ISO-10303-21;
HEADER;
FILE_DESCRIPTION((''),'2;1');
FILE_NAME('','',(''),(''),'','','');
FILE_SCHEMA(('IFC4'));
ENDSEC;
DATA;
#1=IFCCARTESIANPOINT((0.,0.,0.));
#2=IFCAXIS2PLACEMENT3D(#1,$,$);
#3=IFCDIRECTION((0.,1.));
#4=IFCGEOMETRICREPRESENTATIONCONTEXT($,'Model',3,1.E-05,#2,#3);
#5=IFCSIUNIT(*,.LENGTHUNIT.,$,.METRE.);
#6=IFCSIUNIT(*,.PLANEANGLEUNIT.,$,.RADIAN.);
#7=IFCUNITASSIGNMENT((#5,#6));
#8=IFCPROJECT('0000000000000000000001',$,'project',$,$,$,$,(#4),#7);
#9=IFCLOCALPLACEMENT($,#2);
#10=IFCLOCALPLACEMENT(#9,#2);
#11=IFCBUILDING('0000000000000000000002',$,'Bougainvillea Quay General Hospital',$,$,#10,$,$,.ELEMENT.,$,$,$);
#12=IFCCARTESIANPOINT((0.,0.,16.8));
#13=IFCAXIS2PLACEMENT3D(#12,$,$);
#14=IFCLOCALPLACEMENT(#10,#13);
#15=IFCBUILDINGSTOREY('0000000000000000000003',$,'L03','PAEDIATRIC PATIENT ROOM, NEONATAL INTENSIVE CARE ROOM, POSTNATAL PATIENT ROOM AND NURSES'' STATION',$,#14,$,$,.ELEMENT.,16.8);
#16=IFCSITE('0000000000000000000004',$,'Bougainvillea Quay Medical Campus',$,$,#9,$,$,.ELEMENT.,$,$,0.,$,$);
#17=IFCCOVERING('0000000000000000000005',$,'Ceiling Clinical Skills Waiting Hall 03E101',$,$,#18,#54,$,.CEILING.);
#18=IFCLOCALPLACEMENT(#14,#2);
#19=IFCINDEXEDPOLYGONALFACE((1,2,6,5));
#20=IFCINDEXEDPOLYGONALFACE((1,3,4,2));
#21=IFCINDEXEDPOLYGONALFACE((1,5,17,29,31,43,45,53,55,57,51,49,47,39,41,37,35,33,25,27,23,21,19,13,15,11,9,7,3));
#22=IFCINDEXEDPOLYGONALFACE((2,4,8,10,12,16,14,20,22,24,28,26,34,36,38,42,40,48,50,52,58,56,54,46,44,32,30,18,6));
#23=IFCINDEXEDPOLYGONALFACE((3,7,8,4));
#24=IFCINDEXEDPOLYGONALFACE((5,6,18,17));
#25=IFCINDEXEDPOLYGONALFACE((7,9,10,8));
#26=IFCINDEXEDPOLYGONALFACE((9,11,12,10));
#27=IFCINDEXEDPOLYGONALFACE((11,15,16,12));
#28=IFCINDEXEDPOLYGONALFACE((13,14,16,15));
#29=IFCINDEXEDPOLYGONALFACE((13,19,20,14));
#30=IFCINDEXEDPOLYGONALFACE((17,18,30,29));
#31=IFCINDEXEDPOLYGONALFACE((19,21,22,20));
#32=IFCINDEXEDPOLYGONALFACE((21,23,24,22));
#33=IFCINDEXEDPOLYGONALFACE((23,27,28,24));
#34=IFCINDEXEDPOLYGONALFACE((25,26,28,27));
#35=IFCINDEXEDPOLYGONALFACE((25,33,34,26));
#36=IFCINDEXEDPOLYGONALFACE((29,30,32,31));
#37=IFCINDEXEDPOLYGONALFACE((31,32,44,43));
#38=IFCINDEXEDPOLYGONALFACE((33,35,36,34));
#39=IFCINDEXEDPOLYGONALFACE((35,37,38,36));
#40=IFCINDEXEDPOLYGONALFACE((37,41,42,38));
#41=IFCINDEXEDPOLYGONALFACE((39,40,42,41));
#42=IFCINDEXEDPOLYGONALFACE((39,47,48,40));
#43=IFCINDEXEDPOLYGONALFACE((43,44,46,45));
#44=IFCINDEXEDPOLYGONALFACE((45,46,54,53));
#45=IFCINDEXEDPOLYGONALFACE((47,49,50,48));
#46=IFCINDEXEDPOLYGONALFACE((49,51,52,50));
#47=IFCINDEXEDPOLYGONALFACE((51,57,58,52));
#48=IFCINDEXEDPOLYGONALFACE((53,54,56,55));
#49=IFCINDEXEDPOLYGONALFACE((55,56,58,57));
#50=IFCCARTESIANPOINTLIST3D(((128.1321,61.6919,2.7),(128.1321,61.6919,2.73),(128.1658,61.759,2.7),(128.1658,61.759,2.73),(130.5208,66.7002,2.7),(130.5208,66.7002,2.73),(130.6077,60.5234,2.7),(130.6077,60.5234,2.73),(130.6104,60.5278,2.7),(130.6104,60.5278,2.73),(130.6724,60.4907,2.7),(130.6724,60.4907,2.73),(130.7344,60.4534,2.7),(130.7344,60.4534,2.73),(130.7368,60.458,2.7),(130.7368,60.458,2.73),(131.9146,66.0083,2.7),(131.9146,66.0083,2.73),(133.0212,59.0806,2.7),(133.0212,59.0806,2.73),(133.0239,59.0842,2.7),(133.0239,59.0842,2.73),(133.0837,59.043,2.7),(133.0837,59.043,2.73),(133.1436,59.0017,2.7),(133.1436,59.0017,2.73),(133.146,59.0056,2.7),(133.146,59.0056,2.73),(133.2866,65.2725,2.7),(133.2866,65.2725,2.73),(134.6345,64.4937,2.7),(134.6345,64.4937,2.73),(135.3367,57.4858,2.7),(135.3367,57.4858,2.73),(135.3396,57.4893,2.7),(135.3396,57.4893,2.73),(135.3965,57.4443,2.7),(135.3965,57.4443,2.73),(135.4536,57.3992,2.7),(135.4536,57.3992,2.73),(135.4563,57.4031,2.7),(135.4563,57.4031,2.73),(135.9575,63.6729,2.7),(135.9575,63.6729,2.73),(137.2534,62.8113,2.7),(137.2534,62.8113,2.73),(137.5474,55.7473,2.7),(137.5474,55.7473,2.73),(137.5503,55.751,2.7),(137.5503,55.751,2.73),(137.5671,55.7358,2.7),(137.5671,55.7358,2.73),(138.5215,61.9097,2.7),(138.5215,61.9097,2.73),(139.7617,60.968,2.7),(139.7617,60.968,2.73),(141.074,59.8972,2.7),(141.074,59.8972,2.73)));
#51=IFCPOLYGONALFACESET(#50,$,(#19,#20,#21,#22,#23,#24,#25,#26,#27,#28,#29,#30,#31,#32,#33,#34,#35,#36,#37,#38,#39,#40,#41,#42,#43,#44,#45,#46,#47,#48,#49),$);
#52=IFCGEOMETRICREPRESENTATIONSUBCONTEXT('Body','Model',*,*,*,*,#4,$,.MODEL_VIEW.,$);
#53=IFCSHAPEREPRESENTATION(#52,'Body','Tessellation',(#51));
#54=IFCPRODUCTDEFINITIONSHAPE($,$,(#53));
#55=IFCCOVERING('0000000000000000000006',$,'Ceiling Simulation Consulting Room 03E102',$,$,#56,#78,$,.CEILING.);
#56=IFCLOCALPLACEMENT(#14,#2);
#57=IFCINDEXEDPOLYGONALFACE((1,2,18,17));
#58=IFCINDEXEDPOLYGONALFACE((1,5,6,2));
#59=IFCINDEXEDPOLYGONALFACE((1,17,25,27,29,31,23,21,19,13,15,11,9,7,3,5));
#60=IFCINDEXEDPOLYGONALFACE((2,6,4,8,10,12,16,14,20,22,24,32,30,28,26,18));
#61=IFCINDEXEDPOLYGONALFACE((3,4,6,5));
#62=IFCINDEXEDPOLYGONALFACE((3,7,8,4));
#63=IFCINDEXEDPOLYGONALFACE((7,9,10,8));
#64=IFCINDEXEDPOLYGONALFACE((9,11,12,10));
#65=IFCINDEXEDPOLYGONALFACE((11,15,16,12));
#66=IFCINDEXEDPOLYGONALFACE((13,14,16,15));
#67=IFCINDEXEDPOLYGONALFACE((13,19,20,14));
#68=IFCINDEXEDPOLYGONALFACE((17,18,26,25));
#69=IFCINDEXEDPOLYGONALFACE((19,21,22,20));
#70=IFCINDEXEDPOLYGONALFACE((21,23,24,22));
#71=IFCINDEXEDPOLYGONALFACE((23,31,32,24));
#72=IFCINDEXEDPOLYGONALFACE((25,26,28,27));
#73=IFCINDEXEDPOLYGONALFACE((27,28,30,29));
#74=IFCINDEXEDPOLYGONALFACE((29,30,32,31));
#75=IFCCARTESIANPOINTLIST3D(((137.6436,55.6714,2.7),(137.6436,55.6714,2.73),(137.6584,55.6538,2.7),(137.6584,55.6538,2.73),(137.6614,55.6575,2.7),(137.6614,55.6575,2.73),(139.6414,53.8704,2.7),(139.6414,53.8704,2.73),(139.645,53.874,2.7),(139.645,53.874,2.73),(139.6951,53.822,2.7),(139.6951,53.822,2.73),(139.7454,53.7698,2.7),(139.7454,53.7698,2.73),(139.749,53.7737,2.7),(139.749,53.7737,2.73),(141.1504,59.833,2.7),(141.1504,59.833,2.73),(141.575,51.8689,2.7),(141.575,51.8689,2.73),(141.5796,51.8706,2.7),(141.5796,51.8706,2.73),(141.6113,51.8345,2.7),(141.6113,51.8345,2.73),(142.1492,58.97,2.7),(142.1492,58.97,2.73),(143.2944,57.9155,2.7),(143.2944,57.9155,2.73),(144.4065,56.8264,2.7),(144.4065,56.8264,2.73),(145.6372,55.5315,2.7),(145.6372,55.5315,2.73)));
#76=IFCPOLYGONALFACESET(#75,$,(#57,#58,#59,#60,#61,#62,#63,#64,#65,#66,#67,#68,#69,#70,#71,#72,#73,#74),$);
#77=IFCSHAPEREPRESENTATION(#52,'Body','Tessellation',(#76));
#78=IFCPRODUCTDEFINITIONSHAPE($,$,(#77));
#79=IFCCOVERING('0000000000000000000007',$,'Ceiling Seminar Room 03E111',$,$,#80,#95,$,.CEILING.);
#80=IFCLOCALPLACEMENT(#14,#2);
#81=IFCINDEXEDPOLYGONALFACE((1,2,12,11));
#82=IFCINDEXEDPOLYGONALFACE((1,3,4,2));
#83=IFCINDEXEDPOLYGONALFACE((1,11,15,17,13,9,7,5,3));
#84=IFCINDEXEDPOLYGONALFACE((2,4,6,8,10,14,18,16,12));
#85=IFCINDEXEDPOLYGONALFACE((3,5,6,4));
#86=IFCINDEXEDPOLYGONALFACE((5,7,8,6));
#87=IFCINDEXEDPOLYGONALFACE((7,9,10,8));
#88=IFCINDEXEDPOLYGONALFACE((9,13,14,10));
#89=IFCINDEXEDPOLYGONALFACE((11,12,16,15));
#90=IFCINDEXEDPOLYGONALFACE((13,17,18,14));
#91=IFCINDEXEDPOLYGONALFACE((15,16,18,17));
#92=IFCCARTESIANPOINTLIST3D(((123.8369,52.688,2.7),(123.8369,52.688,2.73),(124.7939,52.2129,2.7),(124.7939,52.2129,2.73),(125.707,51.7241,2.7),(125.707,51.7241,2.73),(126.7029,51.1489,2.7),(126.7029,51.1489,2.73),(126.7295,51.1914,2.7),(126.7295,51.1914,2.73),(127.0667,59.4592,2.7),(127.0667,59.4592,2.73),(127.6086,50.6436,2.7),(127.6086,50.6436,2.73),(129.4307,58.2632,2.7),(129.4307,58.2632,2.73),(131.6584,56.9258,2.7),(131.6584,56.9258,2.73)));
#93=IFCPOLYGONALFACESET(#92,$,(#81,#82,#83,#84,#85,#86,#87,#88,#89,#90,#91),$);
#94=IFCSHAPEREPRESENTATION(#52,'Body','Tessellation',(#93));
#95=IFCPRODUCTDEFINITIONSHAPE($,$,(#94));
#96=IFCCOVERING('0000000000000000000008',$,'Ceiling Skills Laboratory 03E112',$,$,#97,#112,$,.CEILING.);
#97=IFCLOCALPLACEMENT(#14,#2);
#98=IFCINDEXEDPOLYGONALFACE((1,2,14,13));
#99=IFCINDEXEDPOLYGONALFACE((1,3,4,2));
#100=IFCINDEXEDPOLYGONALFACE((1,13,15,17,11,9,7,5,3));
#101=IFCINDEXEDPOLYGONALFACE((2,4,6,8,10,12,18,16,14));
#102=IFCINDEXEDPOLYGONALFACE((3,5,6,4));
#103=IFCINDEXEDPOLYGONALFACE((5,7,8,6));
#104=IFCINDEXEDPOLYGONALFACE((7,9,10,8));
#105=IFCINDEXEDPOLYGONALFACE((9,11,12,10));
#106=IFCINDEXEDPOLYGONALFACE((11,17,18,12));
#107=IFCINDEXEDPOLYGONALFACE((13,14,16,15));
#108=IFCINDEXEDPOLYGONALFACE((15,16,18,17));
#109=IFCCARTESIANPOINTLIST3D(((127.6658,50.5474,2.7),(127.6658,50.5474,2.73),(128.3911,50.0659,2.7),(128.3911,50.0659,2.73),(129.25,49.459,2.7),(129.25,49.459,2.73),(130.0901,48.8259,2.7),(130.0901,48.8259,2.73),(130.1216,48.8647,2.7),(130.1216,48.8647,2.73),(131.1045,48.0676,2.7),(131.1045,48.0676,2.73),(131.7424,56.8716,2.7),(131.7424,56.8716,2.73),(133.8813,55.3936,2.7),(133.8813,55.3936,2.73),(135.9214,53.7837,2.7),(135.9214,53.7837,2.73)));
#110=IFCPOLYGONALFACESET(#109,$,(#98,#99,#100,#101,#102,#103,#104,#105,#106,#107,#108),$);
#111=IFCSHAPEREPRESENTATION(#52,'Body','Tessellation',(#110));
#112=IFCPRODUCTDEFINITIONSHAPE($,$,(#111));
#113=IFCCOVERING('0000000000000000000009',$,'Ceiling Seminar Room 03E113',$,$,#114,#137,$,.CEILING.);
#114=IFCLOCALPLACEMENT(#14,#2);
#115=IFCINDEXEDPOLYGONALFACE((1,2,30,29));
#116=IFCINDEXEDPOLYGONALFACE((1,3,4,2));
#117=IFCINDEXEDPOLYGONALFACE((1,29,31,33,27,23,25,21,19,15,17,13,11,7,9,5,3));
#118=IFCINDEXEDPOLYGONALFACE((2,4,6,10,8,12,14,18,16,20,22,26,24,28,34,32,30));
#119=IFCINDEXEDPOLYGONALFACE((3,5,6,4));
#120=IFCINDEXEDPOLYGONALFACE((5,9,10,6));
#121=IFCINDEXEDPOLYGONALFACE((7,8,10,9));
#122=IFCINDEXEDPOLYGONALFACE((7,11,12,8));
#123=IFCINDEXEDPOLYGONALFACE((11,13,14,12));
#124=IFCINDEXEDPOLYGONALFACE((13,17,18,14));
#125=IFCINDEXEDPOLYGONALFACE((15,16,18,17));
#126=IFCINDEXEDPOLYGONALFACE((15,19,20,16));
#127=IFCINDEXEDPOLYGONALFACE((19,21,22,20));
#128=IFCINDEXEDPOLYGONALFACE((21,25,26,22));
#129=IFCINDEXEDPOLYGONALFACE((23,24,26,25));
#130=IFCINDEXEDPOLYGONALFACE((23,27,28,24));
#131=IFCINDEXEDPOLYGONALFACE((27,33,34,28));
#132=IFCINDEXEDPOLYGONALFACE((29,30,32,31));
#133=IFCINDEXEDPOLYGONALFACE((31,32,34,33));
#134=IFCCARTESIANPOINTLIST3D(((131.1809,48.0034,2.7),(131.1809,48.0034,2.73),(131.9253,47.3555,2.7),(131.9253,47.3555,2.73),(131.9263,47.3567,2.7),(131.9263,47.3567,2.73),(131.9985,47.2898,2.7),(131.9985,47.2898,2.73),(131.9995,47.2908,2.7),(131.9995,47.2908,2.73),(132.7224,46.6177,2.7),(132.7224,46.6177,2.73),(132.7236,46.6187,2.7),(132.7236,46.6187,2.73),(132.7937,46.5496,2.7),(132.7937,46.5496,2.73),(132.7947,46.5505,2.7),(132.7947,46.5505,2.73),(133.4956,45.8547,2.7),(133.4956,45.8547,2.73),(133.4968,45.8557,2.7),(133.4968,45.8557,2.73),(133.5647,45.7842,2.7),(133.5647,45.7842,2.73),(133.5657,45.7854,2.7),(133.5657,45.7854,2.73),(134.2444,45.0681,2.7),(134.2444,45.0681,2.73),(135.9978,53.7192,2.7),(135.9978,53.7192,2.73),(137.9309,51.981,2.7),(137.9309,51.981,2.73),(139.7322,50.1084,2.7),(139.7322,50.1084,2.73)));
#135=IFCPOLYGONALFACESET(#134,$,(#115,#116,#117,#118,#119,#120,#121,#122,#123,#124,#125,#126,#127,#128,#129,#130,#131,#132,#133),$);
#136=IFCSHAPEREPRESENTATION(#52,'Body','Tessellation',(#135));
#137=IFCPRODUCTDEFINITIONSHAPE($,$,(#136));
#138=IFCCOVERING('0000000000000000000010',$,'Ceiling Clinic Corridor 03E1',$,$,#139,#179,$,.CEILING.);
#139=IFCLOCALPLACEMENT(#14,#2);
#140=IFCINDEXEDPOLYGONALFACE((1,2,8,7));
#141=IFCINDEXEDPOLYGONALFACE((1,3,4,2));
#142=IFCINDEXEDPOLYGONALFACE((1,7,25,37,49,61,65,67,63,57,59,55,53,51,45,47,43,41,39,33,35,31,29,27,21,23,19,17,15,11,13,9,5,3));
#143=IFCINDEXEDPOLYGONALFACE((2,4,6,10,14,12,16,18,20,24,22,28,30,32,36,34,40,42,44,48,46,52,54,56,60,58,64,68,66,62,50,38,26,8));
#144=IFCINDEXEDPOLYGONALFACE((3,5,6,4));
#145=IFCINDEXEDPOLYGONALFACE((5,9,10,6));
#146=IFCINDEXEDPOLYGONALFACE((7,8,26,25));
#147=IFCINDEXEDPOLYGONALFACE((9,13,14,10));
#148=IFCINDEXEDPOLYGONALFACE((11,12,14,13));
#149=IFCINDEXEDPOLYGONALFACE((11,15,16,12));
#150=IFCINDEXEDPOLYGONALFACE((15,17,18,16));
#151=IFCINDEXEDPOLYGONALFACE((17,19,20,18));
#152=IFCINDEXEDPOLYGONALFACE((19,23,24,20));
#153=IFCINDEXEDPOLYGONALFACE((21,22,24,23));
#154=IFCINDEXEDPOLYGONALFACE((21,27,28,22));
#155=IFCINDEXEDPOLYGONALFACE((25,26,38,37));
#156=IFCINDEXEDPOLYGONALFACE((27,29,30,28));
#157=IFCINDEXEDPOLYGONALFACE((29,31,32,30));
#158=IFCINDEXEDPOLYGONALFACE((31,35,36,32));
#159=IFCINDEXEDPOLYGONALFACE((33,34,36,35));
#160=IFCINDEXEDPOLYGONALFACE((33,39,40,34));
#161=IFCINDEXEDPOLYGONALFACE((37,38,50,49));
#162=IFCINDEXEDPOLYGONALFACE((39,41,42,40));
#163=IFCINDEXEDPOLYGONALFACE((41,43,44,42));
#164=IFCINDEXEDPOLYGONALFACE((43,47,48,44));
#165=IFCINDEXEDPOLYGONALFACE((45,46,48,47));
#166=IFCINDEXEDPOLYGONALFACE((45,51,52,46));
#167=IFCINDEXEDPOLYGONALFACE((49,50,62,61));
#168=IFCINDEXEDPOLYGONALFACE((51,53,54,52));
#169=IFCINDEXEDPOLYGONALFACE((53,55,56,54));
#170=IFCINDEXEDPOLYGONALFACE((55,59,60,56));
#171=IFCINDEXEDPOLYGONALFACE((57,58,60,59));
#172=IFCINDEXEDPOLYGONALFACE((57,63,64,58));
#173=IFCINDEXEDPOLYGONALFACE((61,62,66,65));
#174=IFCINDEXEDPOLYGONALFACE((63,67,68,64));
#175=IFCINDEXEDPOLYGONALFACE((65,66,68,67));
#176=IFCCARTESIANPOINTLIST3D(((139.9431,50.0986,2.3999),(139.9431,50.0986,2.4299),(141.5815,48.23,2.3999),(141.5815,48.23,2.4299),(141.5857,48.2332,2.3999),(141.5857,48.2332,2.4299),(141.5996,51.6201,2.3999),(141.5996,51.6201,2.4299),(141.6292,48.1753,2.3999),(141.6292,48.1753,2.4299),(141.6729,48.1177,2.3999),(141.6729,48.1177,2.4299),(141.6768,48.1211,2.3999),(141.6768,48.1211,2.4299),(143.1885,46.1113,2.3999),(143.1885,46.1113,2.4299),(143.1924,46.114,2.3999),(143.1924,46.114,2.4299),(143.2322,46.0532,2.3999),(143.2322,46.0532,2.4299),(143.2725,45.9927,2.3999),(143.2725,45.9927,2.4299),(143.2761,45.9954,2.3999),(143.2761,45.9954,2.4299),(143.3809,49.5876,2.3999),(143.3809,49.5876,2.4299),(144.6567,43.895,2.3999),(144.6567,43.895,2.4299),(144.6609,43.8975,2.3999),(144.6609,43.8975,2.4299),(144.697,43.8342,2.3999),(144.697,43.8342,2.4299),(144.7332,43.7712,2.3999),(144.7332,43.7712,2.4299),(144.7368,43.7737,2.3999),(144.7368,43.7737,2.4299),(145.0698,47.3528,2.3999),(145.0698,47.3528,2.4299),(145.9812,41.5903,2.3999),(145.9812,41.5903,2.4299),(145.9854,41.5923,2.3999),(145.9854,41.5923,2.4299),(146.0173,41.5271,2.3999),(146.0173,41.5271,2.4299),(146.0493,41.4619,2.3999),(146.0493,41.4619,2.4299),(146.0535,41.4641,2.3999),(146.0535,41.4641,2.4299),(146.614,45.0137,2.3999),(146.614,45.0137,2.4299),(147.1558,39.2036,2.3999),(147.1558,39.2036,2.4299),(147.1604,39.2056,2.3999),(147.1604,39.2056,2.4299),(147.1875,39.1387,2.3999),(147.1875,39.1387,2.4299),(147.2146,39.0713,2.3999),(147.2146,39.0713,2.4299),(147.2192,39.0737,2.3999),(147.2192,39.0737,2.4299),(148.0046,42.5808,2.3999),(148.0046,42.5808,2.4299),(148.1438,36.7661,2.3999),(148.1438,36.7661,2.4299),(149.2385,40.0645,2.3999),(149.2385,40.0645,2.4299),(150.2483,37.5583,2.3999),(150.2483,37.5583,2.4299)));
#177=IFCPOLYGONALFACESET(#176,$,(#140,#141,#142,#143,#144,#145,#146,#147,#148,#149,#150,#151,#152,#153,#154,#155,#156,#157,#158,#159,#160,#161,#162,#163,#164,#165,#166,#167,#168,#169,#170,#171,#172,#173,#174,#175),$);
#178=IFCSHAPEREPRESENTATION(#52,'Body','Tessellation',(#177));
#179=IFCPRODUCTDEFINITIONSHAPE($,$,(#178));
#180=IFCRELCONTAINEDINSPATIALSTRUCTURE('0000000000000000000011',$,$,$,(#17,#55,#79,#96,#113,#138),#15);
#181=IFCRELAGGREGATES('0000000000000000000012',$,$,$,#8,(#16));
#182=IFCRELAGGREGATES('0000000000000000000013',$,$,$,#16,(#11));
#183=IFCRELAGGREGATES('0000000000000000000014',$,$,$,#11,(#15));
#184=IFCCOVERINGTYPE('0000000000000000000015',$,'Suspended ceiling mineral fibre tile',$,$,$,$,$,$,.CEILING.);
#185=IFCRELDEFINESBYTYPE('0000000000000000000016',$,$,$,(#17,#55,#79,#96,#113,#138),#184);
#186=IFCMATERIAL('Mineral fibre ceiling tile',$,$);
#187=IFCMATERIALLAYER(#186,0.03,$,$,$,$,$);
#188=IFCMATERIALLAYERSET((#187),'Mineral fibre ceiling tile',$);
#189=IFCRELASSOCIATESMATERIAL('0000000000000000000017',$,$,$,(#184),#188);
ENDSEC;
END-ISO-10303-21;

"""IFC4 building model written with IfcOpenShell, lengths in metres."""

from ifc_helpers import new_model, si_unit, direction, frame, origin, place, context, subcontext, project, spatial, polyline, outline, extrude, material, layer, layer_set, type_object, element, save


model = new_model("IFC4")

# Units and contexts
model_context = context("Model", 3, precision=1e-05, world=origin(), true_north=direction((0.0, 1.0)))
body_context = subcontext(model_context, "Body", "Model", "MODEL_VIEW")
ifc_project = project(units=[si_unit("LENGTHUNIT", "METRE"), si_unit("PLANEANGLEUNIT", "RADIAN")], contexts=[model_context])

# Site, building, storey
site_placement = place(None, origin())
site = spatial("IfcSite", under=ifc_project, at=site_placement, Name="Bougainvillea Quay Medical Campus", CompositionType="ELEMENT", RefElevation=0.0)
building_placement = place(site_placement, origin())
building = spatial("IfcBuilding", under=site, at=building_placement, Name="Bougainvillea Quay General Hospital", CompositionType="ELEMENT")
storey_placement = place(building_placement, frame((0.0, 0.0, 16.8)))
storey = spatial("IfcBuildingStorey", under=building, at=storey_placement, Name="L03", Description="PAEDIATRIC PATIENT ROOM, NEONATAL INTENSIVE CARE ROOM, POSTNATAL PATIENT ROOM AND NURSES' STATION", CompositionType="ELEMENT", Elevation=16.8)

# Coverings
ifc_material_1 = material(Name="Mineral fibre ceiling tile")
ifc_layer_1 = layer(ifc_material_1, 0.03)
ifc_layer_set_1 = layer_set([ifc_layer_1], Name="Mineral fibre ceiling tile")
covering_type = type_object("IfcCoveringType", Name="Suspended ceiling mineral fibre tile", PredefinedType="CEILING", material=ifc_layer_set_1)
covering_1_placement = place(storey_placement, frame((0.0, 0.0, 2.7)))
element("IfcCovering", 1, at=covering_1_placement, inside=storey, type_object=covering_type, Name="Ceiling Clinical Skills Waiting Hall 03E101", PredefinedType="CEILING", context=body_context, shape_type="SweptSolid", body=[
    extrude(outline(polyline([(128.1321, 61.6919), (128.1658, 61.759), (130.6077, 60.5234), (130.6104, 60.5278), (130.6724, 60.4907), (130.7368, 60.458), (130.7344, 60.4534), (133.0212, 59.0806), (133.0239, 59.0842), (133.0837, 59.043), (133.146, 59.0056), (133.1436, 59.0017), (135.3367, 57.4858), (135.3396, 57.4893), (135.3965, 57.4443), (135.4563, 57.4031), (135.4536, 57.3992), (137.5474, 55.7473), (137.5503, 55.751), (137.5671, 55.7358), (141.074, 59.8972), (139.7617, 60.968), (138.5215, 61.9097), (137.2534, 62.8113), (135.9575, 63.6729), (134.6345, 64.4937), (133.2866, 65.2725), (131.9146, 66.0083), (130.5208, 66.7002), (128.1321, 61.6919)])), origin(), (0.0, 0.0, 1.0), 0.03),
])
covering_2_placement = place(storey_placement, frame((0.0, 0.0, 2.7)))
element("IfcCovering", 2, at=covering_2_placement, inside=storey, type_object=covering_type, Name="Ceiling Simulation Consulting Room 03E102", PredefinedType="CEILING", context=body_context, shape_type="SweptSolid", body=[
    extrude(outline(polyline([(137.6584, 55.6538), (139.6414, 53.8704), (139.645, 53.874), (139.6951, 53.822), (139.749, 53.7737), (139.7454, 53.7698), (141.575, 51.8689), (141.5796, 51.8706), (141.6113, 51.8345), (145.6372, 55.5315), (144.4065, 56.8264), (143.2944, 57.9155), (142.1492, 58.97), (141.1504, 59.833), (137.6436, 55.6714), (137.6614, 55.6575), (137.6584, 55.6538)])), origin(), (0.0, 0.0, 1.0), 0.03),
])
covering_3_placement = place(storey_placement, frame((0.0, 0.0, 2.7)))
element("IfcCovering", 3, at=covering_3_placement, inside=storey, type_object=covering_type, Name="Ceiling Seminar Room 03E111", PredefinedType="CEILING", context=body_context, shape_type="SweptSolid", body=[
    extrude(outline(polyline([(126.7029, 51.1489), (126.7295, 51.1914), (127.6086, 50.6436), (131.6584, 56.9258), (129.4307, 58.2632), (127.0667, 59.4592), (123.8369, 52.688), (124.7939, 52.2129), (125.707, 51.7241), (126.7029, 51.1489)])), origin(), (0.0, 0.0, 1.0), 0.03),
])
covering_4_placement = place(storey_placement, frame((0.0, 0.0, 2.7)))
element("IfcCovering", 4, at=covering_4_placement, inside=storey, type_object=covering_type, Name="Ceiling Skills Laboratory 03E112", PredefinedType="CEILING", context=body_context, shape_type="SweptSolid", body=[
    extrude(outline(polyline([(130.0901, 48.8259), (130.1216, 48.8647), (131.1045, 48.0676), (135.9214, 53.7837), (133.8813, 55.3936), (131.7424, 56.8716), (127.6658, 50.5474), (128.3911, 50.0659), (129.25, 49.459), (130.0901, 48.8259)])), origin(), (0.0, 0.0, 1.0), 0.03),
])
covering_5_placement = place(storey_placement, frame((0.0, 0.0, 2.7)))
element("IfcCovering", 5, at=covering_5_placement, inside=storey, type_object=covering_type, Name="Ceiling Seminar Room 03E113", PredefinedType="CEILING", context=body_context, shape_type="SweptSolid", body=[
    extrude(outline(polyline([(139.7322, 50.1084), (137.9309, 51.981), (135.9978, 53.7192), (131.1809, 48.0034), (131.9253, 47.3555), (131.9263, 47.3567), (131.9995, 47.2908), (131.9985, 47.2898), (132.7224, 46.6177), (132.7236, 46.6187), (132.7947, 46.5505), (132.7937, 46.5496), (133.4956, 45.8547), (133.4968, 45.8557), (133.5657, 45.7854), (133.5647, 45.7842), (134.2444, 45.0681), (139.7322, 50.1084)])), origin(), (0.0, 0.0, 1.0), 0.03),
])
covering_6_placement = place(storey_placement, frame((0.0, 0.0, 2.3999)))
element("IfcCovering", 6, at=covering_6_placement, inside=storey, type_object=covering_type, Name="Ceiling Clinic Corridor 03E1", PredefinedType="CEILING", context=body_context, shape_type="SweptSolid", body=[
    extrude(outline(polyline([(141.5857, 48.2332), (141.6292, 48.1753), (141.6768, 48.1211), (141.6729, 48.1177), (143.1885, 46.1113), (143.1924, 46.114), (143.2322, 46.0532), (143.2761, 45.9954), (143.2725, 45.9927), (144.6567, 43.895), (144.6609, 43.8975), (144.697, 43.8342), (144.7368, 43.7737), (144.7332, 43.7712), (145.9812, 41.5903), (145.9854, 41.5923), (146.0173, 41.5271), (146.0535, 41.4641), (146.0493, 41.4619), (147.1558, 39.2036), (147.1604, 39.2056), (147.1875, 39.1387), (147.2192, 39.0737), (147.2146, 39.0713), (148.1438, 36.7661), (150.2483, 37.5583), (149.2385, 40.0645), (148.0046, 42.5808), (146.614, 45.0137), (145.0698, 47.3528), (143.3809, 49.5876), (141.5996, 51.6201), (139.9431, 50.0986), (141.5815, 48.23), (141.5857, 48.2332)])), origin(), (0.0, 0.0, 1.0), 0.03),
])

save(model, "model.ifc")
